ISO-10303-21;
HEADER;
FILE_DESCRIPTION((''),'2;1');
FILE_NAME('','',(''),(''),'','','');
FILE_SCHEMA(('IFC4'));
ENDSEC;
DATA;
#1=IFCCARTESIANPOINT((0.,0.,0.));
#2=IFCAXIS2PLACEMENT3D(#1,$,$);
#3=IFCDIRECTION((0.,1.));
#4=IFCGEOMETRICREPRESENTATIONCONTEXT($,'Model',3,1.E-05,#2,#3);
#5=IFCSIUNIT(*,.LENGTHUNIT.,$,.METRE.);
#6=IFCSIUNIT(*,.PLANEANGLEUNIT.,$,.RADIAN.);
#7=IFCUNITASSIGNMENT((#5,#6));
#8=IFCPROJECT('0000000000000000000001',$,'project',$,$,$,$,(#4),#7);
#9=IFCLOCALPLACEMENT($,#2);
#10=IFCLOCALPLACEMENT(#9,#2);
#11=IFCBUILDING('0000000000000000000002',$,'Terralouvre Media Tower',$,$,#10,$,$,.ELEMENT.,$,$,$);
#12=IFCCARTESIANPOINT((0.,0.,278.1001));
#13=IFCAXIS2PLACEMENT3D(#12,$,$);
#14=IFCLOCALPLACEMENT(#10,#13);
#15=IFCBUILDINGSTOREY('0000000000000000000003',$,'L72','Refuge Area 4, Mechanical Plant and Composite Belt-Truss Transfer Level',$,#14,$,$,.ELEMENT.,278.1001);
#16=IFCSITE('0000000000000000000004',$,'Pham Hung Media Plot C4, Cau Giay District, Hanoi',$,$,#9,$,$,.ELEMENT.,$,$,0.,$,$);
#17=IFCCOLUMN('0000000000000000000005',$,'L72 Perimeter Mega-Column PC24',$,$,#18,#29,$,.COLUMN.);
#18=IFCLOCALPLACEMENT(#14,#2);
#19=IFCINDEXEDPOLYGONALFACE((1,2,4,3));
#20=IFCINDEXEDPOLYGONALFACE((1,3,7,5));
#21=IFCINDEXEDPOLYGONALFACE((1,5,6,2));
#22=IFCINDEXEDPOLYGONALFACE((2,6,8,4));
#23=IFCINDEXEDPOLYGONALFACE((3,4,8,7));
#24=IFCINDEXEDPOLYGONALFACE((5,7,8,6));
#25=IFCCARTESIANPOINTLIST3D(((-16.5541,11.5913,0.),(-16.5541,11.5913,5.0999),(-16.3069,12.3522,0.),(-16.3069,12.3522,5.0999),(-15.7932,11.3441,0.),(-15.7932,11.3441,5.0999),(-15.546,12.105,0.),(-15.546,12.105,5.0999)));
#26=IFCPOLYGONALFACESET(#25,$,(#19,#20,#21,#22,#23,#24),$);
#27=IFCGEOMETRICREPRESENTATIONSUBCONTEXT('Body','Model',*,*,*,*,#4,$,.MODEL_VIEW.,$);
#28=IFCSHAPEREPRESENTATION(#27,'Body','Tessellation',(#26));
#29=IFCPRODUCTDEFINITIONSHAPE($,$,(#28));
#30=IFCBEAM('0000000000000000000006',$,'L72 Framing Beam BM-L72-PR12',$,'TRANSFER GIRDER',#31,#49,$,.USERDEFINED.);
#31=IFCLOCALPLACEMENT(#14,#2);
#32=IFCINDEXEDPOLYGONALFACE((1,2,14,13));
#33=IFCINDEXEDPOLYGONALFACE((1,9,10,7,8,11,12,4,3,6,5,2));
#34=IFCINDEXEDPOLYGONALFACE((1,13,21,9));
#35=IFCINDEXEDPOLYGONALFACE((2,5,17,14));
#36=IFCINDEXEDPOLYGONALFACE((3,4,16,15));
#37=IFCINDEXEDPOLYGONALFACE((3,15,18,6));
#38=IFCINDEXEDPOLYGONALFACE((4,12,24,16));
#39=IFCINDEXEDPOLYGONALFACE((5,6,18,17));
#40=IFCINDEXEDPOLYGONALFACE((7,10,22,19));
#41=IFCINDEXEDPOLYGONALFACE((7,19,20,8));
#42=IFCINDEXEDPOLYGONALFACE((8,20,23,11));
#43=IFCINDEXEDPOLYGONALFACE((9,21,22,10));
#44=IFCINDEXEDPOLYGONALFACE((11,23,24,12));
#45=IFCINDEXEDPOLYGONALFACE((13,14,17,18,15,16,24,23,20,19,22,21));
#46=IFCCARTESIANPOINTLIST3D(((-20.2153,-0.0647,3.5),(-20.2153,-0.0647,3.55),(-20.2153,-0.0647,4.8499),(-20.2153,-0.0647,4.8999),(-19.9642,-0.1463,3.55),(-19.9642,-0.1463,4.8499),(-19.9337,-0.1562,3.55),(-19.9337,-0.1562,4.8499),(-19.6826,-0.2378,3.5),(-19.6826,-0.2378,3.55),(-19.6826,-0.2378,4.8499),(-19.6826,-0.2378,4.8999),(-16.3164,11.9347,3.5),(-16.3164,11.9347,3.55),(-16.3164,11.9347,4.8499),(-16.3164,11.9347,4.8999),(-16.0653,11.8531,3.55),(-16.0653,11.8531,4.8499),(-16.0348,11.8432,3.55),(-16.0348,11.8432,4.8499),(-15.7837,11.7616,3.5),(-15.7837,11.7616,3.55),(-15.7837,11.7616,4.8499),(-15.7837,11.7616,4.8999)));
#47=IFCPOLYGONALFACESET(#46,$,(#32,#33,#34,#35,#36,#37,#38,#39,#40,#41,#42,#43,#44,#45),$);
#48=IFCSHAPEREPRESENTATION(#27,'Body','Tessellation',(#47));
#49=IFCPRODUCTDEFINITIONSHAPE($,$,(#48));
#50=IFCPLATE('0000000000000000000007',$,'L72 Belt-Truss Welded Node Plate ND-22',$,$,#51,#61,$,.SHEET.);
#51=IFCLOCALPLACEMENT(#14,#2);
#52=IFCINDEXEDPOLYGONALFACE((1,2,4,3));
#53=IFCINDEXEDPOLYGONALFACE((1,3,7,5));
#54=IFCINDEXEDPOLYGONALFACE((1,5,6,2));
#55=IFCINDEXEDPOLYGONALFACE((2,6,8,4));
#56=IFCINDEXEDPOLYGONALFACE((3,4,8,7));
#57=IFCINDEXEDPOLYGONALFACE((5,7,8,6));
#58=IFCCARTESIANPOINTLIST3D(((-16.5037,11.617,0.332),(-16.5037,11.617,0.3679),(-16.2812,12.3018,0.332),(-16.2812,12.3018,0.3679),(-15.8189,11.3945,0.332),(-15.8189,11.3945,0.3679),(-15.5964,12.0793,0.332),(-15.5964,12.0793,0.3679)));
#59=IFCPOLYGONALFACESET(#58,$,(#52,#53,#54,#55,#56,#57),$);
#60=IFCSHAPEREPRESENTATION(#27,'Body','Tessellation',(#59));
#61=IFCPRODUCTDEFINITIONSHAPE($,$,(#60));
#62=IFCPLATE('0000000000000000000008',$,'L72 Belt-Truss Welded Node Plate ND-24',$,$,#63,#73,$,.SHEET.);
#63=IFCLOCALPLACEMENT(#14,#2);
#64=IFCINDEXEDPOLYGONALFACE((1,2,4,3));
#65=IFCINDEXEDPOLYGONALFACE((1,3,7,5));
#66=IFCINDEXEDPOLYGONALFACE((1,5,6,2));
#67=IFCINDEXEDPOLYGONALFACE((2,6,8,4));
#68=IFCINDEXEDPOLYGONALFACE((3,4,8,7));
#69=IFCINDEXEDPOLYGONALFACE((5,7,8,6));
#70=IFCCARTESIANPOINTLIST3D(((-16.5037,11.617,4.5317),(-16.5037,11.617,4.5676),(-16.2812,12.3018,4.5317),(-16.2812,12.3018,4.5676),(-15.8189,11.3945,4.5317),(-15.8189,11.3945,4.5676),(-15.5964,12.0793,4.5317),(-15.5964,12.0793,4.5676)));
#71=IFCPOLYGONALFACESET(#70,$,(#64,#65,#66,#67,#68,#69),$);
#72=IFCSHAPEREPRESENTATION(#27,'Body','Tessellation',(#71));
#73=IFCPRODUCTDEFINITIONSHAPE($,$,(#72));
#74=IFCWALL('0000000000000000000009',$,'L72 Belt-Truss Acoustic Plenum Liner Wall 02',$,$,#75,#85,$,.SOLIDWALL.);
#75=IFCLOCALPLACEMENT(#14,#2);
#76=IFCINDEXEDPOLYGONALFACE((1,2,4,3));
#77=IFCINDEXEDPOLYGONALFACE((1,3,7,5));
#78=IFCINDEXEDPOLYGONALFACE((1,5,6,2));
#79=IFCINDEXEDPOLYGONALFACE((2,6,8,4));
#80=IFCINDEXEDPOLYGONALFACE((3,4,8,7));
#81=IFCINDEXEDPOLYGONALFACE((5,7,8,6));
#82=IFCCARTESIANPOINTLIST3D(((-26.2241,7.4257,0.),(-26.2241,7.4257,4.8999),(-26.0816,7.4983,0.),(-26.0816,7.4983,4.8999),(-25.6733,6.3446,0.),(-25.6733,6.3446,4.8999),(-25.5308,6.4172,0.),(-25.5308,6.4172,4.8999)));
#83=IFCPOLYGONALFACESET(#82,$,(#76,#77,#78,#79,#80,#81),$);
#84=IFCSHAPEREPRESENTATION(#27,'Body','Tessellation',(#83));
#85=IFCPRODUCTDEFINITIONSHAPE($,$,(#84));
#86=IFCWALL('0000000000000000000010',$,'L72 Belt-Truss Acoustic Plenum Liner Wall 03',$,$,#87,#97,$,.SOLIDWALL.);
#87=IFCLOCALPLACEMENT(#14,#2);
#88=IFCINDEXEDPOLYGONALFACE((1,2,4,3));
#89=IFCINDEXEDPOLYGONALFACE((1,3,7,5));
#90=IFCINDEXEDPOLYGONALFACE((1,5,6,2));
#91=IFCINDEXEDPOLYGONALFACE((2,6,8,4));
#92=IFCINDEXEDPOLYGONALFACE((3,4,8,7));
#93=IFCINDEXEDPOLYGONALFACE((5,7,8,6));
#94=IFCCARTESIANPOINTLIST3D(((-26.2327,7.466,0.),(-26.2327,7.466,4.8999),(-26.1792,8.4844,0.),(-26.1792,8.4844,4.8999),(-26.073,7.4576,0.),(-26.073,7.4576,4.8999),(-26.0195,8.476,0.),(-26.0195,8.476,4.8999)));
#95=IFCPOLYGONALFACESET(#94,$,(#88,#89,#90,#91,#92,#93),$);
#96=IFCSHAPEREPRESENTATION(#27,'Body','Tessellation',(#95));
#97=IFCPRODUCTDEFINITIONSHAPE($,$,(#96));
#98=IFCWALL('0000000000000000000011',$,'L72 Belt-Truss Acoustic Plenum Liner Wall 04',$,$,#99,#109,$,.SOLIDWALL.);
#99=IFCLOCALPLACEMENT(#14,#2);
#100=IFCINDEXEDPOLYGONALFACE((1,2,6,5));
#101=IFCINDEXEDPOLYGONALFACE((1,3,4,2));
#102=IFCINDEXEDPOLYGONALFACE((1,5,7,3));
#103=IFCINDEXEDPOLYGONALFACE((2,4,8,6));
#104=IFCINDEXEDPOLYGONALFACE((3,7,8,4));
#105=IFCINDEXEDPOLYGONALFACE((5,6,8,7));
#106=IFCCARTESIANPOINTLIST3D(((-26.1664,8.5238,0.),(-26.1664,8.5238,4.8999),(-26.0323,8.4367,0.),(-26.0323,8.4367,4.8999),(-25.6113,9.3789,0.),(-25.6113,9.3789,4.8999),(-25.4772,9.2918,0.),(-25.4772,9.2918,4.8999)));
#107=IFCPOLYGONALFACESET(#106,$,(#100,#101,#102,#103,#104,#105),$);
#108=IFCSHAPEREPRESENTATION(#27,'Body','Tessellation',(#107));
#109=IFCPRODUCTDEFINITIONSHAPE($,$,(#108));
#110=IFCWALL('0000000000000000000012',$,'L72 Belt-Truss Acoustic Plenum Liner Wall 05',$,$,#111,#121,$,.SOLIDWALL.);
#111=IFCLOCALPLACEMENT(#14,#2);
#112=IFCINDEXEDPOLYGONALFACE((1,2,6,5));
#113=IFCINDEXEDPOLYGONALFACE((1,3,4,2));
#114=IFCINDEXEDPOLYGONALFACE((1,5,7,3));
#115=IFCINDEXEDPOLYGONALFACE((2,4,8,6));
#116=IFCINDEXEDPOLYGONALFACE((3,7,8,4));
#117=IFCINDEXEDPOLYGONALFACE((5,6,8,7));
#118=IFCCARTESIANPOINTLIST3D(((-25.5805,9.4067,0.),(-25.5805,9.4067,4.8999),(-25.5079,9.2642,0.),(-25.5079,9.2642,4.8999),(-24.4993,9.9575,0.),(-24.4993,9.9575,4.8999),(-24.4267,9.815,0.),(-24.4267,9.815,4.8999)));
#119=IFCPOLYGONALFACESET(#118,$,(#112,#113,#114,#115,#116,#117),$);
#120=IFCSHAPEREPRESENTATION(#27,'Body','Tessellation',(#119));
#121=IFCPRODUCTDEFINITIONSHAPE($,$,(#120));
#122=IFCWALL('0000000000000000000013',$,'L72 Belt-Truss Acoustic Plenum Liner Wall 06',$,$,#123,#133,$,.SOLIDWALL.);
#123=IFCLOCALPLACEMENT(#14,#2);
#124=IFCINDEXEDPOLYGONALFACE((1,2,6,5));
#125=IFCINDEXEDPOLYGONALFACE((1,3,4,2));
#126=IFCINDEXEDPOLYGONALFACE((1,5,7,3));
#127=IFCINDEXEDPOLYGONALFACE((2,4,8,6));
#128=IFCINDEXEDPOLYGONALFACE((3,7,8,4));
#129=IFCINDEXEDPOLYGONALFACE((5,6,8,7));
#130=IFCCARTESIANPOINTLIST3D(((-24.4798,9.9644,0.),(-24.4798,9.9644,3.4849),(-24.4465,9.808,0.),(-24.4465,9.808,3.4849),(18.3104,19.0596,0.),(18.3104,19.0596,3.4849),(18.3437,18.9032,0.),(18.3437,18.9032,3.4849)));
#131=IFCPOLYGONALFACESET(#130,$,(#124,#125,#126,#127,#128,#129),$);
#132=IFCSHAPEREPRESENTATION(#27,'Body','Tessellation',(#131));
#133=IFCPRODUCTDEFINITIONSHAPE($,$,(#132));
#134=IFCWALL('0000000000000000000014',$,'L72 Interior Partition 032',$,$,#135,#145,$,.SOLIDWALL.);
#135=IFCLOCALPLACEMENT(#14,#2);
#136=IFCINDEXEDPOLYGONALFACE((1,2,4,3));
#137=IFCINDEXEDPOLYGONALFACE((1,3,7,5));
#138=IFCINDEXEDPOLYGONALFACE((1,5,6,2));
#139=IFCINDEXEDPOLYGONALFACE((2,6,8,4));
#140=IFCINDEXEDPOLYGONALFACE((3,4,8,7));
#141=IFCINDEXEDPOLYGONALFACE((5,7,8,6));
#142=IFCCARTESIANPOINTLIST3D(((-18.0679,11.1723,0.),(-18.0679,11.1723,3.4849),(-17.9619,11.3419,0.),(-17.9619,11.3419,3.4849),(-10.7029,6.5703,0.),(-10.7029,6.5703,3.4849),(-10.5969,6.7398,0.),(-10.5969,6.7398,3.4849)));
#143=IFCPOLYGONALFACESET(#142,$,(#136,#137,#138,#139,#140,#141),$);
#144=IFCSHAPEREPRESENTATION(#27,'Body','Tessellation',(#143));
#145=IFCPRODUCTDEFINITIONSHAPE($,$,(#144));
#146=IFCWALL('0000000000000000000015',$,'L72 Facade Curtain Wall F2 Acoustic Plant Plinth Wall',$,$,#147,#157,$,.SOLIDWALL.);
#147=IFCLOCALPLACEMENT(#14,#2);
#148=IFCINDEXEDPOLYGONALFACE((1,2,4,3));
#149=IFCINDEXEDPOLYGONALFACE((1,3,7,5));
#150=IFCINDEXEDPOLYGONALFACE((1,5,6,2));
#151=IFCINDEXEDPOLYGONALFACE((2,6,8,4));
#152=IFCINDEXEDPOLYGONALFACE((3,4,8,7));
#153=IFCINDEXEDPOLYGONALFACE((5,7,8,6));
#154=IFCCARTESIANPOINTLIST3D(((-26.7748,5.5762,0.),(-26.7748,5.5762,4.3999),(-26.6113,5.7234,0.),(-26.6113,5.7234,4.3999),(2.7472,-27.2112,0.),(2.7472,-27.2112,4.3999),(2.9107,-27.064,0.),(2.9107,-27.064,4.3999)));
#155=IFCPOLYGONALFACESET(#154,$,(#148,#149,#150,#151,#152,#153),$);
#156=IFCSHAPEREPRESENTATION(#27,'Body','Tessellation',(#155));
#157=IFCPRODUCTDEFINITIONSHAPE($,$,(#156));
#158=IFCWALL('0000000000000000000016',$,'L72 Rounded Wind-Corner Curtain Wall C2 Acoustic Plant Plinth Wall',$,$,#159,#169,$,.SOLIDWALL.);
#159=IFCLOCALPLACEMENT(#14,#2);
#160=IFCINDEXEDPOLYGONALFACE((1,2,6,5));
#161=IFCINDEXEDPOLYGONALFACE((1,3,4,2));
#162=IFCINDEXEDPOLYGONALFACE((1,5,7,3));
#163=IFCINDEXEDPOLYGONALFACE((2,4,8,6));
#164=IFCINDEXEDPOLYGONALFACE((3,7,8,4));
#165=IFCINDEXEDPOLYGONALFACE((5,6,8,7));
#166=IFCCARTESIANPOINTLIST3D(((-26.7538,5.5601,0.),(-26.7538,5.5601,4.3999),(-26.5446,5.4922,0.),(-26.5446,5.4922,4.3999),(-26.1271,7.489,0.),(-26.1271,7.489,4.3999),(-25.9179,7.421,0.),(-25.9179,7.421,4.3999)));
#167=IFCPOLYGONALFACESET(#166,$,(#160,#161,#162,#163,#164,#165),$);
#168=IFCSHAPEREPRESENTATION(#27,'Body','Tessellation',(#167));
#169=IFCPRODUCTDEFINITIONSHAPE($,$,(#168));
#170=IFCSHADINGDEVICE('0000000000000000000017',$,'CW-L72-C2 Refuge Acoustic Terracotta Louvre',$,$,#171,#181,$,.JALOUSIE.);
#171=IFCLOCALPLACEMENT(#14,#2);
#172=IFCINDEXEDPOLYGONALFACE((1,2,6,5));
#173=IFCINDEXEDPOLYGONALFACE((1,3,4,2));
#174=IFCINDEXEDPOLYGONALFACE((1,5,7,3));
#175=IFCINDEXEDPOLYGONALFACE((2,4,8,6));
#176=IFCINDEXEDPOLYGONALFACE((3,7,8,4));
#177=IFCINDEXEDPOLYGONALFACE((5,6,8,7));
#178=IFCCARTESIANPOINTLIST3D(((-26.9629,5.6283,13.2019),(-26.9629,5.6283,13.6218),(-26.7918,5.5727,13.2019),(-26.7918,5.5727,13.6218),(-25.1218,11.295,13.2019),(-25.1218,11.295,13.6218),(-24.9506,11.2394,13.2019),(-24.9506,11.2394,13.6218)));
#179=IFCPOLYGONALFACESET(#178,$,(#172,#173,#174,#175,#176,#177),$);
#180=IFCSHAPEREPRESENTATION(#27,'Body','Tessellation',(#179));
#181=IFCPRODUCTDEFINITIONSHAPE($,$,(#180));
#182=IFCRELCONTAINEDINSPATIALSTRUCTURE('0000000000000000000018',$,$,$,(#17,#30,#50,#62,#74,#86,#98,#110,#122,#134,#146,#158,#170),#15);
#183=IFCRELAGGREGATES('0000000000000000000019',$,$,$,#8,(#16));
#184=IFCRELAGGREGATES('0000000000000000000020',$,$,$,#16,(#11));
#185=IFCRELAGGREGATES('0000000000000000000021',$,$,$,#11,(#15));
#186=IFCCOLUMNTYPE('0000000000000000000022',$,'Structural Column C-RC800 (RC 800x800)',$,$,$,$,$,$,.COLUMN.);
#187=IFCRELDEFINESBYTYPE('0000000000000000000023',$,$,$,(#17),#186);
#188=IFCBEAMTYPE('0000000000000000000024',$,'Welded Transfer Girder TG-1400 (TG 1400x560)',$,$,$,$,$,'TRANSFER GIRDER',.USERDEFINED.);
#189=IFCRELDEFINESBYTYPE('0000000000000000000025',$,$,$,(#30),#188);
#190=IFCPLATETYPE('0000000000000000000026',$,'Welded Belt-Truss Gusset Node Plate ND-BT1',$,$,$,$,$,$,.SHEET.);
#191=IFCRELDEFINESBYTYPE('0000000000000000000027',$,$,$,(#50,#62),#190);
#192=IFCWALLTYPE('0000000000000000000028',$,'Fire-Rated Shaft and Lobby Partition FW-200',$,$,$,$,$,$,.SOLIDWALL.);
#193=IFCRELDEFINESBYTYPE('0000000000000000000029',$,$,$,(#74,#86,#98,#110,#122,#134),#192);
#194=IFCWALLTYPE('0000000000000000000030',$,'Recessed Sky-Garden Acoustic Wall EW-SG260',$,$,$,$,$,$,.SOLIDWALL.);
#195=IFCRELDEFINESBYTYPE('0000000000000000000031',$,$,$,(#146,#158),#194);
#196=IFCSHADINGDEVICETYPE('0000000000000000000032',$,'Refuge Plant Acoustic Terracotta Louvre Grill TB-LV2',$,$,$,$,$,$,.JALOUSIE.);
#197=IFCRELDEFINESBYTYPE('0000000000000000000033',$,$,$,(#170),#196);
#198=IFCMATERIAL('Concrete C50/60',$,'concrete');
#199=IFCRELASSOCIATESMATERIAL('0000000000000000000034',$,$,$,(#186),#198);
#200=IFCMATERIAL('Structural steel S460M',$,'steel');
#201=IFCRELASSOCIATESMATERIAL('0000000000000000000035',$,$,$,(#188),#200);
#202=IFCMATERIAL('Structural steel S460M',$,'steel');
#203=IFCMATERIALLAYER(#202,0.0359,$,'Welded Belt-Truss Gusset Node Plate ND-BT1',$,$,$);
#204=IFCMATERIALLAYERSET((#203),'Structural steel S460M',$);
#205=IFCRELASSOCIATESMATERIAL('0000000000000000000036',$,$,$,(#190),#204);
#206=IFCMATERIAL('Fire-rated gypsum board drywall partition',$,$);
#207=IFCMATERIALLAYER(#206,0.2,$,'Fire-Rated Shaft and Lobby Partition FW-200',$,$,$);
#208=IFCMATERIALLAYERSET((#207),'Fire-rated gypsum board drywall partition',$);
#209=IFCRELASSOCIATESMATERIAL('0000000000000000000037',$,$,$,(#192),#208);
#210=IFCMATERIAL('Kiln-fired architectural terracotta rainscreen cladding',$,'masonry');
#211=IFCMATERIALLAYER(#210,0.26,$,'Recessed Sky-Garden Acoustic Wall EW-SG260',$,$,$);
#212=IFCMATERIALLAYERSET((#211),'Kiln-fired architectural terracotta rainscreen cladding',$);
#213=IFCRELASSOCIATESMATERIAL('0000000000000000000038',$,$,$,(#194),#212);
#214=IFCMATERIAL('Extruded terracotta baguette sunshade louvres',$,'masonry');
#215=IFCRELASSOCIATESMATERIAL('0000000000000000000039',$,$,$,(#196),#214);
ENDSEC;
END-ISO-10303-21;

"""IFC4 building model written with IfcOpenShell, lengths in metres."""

from ifc_helpers import new_model, si_unit, direction, frame, frame_2d, origin, origin_2d, place, context, subcontext, project, spatial, rectangle, i_section, extrude, material, layer, layer_set, material_profile, profile_set, type_object, element, save


model = new_model("IFC4")

# Units and contexts
model_context = context("Model", 3, precision=1e-05, world=origin(), true_north=direction((0.0, 1.0)))
body_context = subcontext(model_context, "Body", "Model", "MODEL_VIEW")
ifc_project = project(units=[si_unit("LENGTHUNIT", "METRE"), si_unit("PLANEANGLEUNIT", "RADIAN")], contexts=[model_context])

# Site, building, storey
site_placement = place(None, origin())
site = spatial("IfcSite", under=ifc_project, at=site_placement, Name="Pham Hung Media Plot C4, Cau Giay District, Hanoi", CompositionType="ELEMENT", RefElevation=0.0)
building_placement = place(site_placement, origin())
building = spatial("IfcBuilding", under=site, at=building_placement, Name="Terralouvre Media Tower", CompositionType="ELEMENT")
storey_placement = place(building_placement, frame((0.0, 0.0, 278.1001)))
storey = spatial("IfcBuildingStorey", under=building, at=storey_placement, Name="L72", Description="Refuge Area 4, Mechanical Plant and Composite Belt-Truss Transfer Level", CompositionType="ELEMENT", Elevation=278.1001)

# Column
ifc_material_1 = material(Name="Concrete C50/60", Category="concrete")
ifc_material_profile_1 = material_profile(ifc_material_1, rectangle(XDim=0.8, YDim=0.8, at=origin_2d()), Name="RC 800x800")
ifc_profile_set_1 = profile_set([ifc_material_profile_1], Name="Concrete C50/60")
column_type = type_object("IfcColumnType", Name="Structural Column C-RC800 (RC 800x800)", PredefinedType="COLUMN", material=ifc_profile_set_1)
column_placement = place(storey_placement, frame((-16.05, 11.8481, 0.0), z_axis=(0.0, 0.0, 1.0), x_axis=(0.309017, 0.951057, 0.0)))
element("IfcColumn", 1, at=column_placement, inside=storey, type_object=column_type, Name="L72 Perimeter Mega-Column PC24", PredefinedType="COLUMN", context=body_context, shape_type="SweptSolid", body=[
    extrude(rectangle(XDim=0.8, YDim=0.8, at=origin_2d()), origin(), (0.0, 0.0, 1.0), 5.0999),
])

# Beam
ifc_material_2 = material(Name="Structural steel S460M", Category="steel")
ifc_material_profile_2 = material_profile(ifc_material_2, i_section(OverallWidth=0.5601, OverallDepth=1.3999, WebThickness=0.032, FlangeThickness=0.05, at=origin_2d()), Name="TG 1400x560")
ifc_profile_set_2 = profile_set([ifc_material_profile_2], Name="Structural steel S460M")
beam_type = type_object("IfcBeamType", Name="Welded Transfer Girder TG-1400 (TG 1400x560)", ElementType="TRANSFER GIRDER", PredefinedType="USERDEFINED", material=ifc_profile_set_2)
beam_placement = place(storey_placement, frame((-16.05, 11.8481, 4.2), z_axis=(-0.30902, -0.951055, 0.0), x_axis=(0.951055, -0.30902, 0.0)))
element("IfcBeam", 2, at=beam_placement, inside=storey, type_object=beam_type, Name="L72 Framing Beam BM-L72-PR12", ObjectType="TRANSFER GIRDER", PredefinedType="USERDEFINED", context=body_context, shape_type="SweptSolid", body=[
    extrude(i_section(OverallWidth=0.5601, OverallDepth=1.3999, WebThickness=0.032, FlangeThickness=0.05, at=origin_2d()), origin(), (0.0, 0.0, 1.0), 12.6169),
])

# Plates
ifc_material_3 = material(Name="Structural steel S460M", Category="steel")
ifc_layer_1 = layer(ifc_material_3, 0.0359, Name="Welded Belt-Truss Gusset Node Plate ND-BT1")
ifc_layer_set_1 = layer_set([ifc_layer_1], Name="Structural steel S460M")
plate_type = type_object("IfcPlateType", Name="Welded Belt-Truss Gusset Node Plate ND-BT1", PredefinedType="SHEET", material=ifc_layer_set_1)
for number, where, z_axis, x_axis, name in (
    (3, (-16.05, 11.8481, 0.332), (0.0, 0.0, 1.0), (0.309017, 0.951057, 0.0), "L72 Belt-Truss Welded Node Plate ND-22"),
    (4, (-16.05, 11.8481, 4.5317), (0.0, 0.0, 1.0), (0.309017, 0.951057, 0.0), "L72 Belt-Truss Welded Node Plate ND-24"),
):
    element("IfcPlate", number, at=place(storey_placement, frame(where, z_axis=z_axis, x_axis=x_axis)), inside=storey, type_object=plate_type, Name=name, PredefinedType="SHEET", context=body_context, shape_type="SweptSolid", body=[
        extrude(rectangle(XDim=0.72, YDim=0.72, at=origin_2d()), origin(), (0.0, 0.0, 1.0), 0.0359),
    ])

# Walls
ifc_material_4 = material(Name="Fire-rated gypsum board drywall partition")
ifc_layer_2 = layer(ifc_material_4, 0.2, Name="Fire-Rated Shaft and Lobby Partition FW-200")
ifc_layer_set_2 = layer_set([ifc_layer_2], Name="Fire-rated gypsum board drywall partition")
wall_type_1 = type_object("IfcWallType", Name="Fire-Rated Shaft and Lobby Partition FW-200", PredefinedType="SOLIDWALL", material=ifc_layer_set_2)
wall_1_placement = place(storey_placement, frame((-25.6021, 6.3809, 0.0), z_axis=(0.0, 0.0, 1.0), x_axis=(-0.453962, 0.891021, 0.0)))
element("IfcWall", 5, at=wall_1_placement, inside=storey, type_object=wall_type_1, Name="L72 Belt-Truss Acoustic Plenum Liner Wall 02", PredefinedType="SOLIDWALL", context=body_context, shape_type="SweptSolid", body=[
    extrude(rectangle(XDim=1.2134, YDim=0.1599, at=frame_2d((0.6067, 0.0))), origin(), (0.0, 0.0, 1.0), 4.8999),
])
wall_2_placement = place(storey_placement, frame((-26.1528, 7.4619, 0.0), z_axis=(0.0, 0.0, 1.0), x_axis=(0.052433, 0.998624, 0.0)))
element("IfcWall", 6, at=wall_2_placement, inside=storey, type_object=wall_type_1, Name="L72 Belt-Truss Acoustic Plenum Liner Wall 03", PredefinedType="SOLIDWALL", context=body_context, shape_type="SweptSolid", body=[
    extrude(rectangle(XDim=1.0198, YDim=0.1599, at=frame_2d((0.5098, 0.0))), origin(), (0.0, 0.0, 1.0), 4.8999),
])
wall_3_placement = place(storey_placement, frame((-26.0994, 8.4802, 0.0), z_axis=(0.0, 0.0, 1.0), x_axis=(0.544492, 0.838766, 0.0)))
element("IfcWall", 7, at=wall_3_placement, inside=storey, type_object=wall_type_1, Name="L72 Belt-Truss Acoustic Plenum Liner Wall 04", PredefinedType="SOLIDWALL", context=body_context, shape_type="SweptSolid", body=[
    extrude(rectangle(XDim=1.0195, YDim=0.1599, at=frame_2d((0.5098, 0.0))), origin(), (0.0, 0.0, 1.0), 4.8999),
])
wall_4_placement = place(storey_placement, frame((-25.5442, 9.3354, 0.0), z_axis=(0.0, 0.0, 1.0), x_axis=(0.891021, 0.453962, 0.0)))
element("IfcWall", 8, at=wall_4_placement, inside=storey, type_object=wall_type_1, Name="L72 Belt-Truss Acoustic Plenum Liner Wall 05", PredefinedType="SOLIDWALL", context=body_context, shape_type="SweptSolid", body=[
    extrude(rectangle(XDim=1.2134, YDim=0.1599, at=frame_2d((0.6067, 0.0))), origin(), (0.0, 0.0, 1.0), 4.8999),
])
wall_5_placement = place(storey_placement, frame((-24.4631, 9.8862, 0.0), z_axis=(0.0, 0.0, 1.0), x_axis=(0.978148, 0.207909, 0.0)))
element("IfcWall", 9, at=wall_5_placement, inside=storey, type_object=wall_type_1, Name="L72 Belt-Truss Acoustic Plenum Liner Wall 06", PredefinedType="SOLIDWALL", context=body_context, shape_type="SweptSolid", body=[
    extrude(rectangle(XDim=43.7461, YDim=0.1599, at=frame_2d((21.873, 0.0))), origin(), (0.0, 0.0, 1.0), 3.4849),
])
wall_6_placement = place(storey_placement, frame((-18.0149, 11.2571, 0.0), z_axis=(0.0, 0.0, 1.0), x_axis=(0.848054, -0.52991, 0.0)))
element("IfcWall", 10, at=wall_6_placement, inside=storey, type_object=wall_type_1, Name="L72 Interior Partition 032", PredefinedType="SOLIDWALL", context=body_context, shape_type="SweptSolid", body=[
    extrude(rectangle(XDim=8.6846, YDim=0.2, at=frame_2d((4.3423, 0.0))), origin(), (0.0, 0.0, 1.0), 3.4849),
])
ifc_material_5 = material(Name="Kiln-fired architectural terracotta rainscreen cladding", Category="masonry")
ifc_layer_3 = layer(ifc_material_5, 0.26, Name="Recessed Sky-Garden Acoustic Wall EW-SG260")
ifc_layer_set_3 = layer_set([ifc_layer_3], Name="Kiln-fired architectural terracotta rainscreen cladding")
wall_type_2 = type_object("IfcWallType", Name="Recessed Sky-Garden Acoustic Wall EW-SG260", PredefinedType="SOLIDWALL", material=ifc_layer_set_3)
wall_7_placement = place(storey_placement, frame((-26.6931, 5.6499, 0.0), z_axis=(0.0, 0.0, 1.0), x_axis=(0.669132, -0.743144, 0.0)))
element("IfcWall", 11, at=wall_7_placement, inside=storey, type_object=wall_type_2, Name="L72 Facade Curtain Wall F2 Acoustic Plant Plinth Wall", PredefinedType="SOLIDWALL", context=body_context, shape_type="SweptSolid", body=[
    extrude(rectangle(XDim=44.1199, YDim=0.22, at=frame_2d((22.0601, 0.0))), origin(), (0.0, 0.0, 1.0), 4.3999),
])
wall_8_placement = place(storey_placement, frame((-26.0225, 7.4551, 0.0), z_axis=(0.0, 0.0, 1.0), x_axis=(-0.309032, -0.951052, 0.0)))
element("IfcWall", 12, at=wall_8_placement, inside=storey, type_object=wall_type_2, Name="L72 Rounded Wind-Corner Curtain Wall C2 Acoustic Plant Plinth Wall", PredefinedType="SOLIDWALL", context=body_context, shape_type="SweptSolid", body=[
    extrude(rectangle(XDim=2.0281, YDim=0.22, at=frame_2d((1.0142, 0.0))), origin(), (0.0, 0.0, 1.0), 4.3999),
])

# Shading device
ifc_material_6 = material(Name="Extruded terracotta baguette sunshade louvres", Category="masonry")
shading_device_type = type_object("IfcShadingDeviceType", Name="Refuge Plant Acoustic Terracotta Louvre Grill TB-LV2", PredefinedType="JALOUSIE", material=ifc_material_6)
shading_device_placement = place(storey_placement, frame((-25.9568, 8.4338, 13.2019), z_axis=(0.0, 0.0, 1.0), x_axis=(-0.309017, -0.951057, 0.0)))
element("IfcShadingDevice", 13, at=shading_device_placement, inside=storey, type_object=shading_device_type, Name="CW-L72-C2 Refuge Acoustic Terracotta Louvre", PredefinedType="JALOUSIE", context=body_context, shape_type="SweptSolid", body=[
    extrude(rectangle(XDim=5.9583, YDim=0.1799, at=origin_2d()), origin(), (0.0, 0.0, 1.0), 0.4199),
])

save(model, "model.ifc")
